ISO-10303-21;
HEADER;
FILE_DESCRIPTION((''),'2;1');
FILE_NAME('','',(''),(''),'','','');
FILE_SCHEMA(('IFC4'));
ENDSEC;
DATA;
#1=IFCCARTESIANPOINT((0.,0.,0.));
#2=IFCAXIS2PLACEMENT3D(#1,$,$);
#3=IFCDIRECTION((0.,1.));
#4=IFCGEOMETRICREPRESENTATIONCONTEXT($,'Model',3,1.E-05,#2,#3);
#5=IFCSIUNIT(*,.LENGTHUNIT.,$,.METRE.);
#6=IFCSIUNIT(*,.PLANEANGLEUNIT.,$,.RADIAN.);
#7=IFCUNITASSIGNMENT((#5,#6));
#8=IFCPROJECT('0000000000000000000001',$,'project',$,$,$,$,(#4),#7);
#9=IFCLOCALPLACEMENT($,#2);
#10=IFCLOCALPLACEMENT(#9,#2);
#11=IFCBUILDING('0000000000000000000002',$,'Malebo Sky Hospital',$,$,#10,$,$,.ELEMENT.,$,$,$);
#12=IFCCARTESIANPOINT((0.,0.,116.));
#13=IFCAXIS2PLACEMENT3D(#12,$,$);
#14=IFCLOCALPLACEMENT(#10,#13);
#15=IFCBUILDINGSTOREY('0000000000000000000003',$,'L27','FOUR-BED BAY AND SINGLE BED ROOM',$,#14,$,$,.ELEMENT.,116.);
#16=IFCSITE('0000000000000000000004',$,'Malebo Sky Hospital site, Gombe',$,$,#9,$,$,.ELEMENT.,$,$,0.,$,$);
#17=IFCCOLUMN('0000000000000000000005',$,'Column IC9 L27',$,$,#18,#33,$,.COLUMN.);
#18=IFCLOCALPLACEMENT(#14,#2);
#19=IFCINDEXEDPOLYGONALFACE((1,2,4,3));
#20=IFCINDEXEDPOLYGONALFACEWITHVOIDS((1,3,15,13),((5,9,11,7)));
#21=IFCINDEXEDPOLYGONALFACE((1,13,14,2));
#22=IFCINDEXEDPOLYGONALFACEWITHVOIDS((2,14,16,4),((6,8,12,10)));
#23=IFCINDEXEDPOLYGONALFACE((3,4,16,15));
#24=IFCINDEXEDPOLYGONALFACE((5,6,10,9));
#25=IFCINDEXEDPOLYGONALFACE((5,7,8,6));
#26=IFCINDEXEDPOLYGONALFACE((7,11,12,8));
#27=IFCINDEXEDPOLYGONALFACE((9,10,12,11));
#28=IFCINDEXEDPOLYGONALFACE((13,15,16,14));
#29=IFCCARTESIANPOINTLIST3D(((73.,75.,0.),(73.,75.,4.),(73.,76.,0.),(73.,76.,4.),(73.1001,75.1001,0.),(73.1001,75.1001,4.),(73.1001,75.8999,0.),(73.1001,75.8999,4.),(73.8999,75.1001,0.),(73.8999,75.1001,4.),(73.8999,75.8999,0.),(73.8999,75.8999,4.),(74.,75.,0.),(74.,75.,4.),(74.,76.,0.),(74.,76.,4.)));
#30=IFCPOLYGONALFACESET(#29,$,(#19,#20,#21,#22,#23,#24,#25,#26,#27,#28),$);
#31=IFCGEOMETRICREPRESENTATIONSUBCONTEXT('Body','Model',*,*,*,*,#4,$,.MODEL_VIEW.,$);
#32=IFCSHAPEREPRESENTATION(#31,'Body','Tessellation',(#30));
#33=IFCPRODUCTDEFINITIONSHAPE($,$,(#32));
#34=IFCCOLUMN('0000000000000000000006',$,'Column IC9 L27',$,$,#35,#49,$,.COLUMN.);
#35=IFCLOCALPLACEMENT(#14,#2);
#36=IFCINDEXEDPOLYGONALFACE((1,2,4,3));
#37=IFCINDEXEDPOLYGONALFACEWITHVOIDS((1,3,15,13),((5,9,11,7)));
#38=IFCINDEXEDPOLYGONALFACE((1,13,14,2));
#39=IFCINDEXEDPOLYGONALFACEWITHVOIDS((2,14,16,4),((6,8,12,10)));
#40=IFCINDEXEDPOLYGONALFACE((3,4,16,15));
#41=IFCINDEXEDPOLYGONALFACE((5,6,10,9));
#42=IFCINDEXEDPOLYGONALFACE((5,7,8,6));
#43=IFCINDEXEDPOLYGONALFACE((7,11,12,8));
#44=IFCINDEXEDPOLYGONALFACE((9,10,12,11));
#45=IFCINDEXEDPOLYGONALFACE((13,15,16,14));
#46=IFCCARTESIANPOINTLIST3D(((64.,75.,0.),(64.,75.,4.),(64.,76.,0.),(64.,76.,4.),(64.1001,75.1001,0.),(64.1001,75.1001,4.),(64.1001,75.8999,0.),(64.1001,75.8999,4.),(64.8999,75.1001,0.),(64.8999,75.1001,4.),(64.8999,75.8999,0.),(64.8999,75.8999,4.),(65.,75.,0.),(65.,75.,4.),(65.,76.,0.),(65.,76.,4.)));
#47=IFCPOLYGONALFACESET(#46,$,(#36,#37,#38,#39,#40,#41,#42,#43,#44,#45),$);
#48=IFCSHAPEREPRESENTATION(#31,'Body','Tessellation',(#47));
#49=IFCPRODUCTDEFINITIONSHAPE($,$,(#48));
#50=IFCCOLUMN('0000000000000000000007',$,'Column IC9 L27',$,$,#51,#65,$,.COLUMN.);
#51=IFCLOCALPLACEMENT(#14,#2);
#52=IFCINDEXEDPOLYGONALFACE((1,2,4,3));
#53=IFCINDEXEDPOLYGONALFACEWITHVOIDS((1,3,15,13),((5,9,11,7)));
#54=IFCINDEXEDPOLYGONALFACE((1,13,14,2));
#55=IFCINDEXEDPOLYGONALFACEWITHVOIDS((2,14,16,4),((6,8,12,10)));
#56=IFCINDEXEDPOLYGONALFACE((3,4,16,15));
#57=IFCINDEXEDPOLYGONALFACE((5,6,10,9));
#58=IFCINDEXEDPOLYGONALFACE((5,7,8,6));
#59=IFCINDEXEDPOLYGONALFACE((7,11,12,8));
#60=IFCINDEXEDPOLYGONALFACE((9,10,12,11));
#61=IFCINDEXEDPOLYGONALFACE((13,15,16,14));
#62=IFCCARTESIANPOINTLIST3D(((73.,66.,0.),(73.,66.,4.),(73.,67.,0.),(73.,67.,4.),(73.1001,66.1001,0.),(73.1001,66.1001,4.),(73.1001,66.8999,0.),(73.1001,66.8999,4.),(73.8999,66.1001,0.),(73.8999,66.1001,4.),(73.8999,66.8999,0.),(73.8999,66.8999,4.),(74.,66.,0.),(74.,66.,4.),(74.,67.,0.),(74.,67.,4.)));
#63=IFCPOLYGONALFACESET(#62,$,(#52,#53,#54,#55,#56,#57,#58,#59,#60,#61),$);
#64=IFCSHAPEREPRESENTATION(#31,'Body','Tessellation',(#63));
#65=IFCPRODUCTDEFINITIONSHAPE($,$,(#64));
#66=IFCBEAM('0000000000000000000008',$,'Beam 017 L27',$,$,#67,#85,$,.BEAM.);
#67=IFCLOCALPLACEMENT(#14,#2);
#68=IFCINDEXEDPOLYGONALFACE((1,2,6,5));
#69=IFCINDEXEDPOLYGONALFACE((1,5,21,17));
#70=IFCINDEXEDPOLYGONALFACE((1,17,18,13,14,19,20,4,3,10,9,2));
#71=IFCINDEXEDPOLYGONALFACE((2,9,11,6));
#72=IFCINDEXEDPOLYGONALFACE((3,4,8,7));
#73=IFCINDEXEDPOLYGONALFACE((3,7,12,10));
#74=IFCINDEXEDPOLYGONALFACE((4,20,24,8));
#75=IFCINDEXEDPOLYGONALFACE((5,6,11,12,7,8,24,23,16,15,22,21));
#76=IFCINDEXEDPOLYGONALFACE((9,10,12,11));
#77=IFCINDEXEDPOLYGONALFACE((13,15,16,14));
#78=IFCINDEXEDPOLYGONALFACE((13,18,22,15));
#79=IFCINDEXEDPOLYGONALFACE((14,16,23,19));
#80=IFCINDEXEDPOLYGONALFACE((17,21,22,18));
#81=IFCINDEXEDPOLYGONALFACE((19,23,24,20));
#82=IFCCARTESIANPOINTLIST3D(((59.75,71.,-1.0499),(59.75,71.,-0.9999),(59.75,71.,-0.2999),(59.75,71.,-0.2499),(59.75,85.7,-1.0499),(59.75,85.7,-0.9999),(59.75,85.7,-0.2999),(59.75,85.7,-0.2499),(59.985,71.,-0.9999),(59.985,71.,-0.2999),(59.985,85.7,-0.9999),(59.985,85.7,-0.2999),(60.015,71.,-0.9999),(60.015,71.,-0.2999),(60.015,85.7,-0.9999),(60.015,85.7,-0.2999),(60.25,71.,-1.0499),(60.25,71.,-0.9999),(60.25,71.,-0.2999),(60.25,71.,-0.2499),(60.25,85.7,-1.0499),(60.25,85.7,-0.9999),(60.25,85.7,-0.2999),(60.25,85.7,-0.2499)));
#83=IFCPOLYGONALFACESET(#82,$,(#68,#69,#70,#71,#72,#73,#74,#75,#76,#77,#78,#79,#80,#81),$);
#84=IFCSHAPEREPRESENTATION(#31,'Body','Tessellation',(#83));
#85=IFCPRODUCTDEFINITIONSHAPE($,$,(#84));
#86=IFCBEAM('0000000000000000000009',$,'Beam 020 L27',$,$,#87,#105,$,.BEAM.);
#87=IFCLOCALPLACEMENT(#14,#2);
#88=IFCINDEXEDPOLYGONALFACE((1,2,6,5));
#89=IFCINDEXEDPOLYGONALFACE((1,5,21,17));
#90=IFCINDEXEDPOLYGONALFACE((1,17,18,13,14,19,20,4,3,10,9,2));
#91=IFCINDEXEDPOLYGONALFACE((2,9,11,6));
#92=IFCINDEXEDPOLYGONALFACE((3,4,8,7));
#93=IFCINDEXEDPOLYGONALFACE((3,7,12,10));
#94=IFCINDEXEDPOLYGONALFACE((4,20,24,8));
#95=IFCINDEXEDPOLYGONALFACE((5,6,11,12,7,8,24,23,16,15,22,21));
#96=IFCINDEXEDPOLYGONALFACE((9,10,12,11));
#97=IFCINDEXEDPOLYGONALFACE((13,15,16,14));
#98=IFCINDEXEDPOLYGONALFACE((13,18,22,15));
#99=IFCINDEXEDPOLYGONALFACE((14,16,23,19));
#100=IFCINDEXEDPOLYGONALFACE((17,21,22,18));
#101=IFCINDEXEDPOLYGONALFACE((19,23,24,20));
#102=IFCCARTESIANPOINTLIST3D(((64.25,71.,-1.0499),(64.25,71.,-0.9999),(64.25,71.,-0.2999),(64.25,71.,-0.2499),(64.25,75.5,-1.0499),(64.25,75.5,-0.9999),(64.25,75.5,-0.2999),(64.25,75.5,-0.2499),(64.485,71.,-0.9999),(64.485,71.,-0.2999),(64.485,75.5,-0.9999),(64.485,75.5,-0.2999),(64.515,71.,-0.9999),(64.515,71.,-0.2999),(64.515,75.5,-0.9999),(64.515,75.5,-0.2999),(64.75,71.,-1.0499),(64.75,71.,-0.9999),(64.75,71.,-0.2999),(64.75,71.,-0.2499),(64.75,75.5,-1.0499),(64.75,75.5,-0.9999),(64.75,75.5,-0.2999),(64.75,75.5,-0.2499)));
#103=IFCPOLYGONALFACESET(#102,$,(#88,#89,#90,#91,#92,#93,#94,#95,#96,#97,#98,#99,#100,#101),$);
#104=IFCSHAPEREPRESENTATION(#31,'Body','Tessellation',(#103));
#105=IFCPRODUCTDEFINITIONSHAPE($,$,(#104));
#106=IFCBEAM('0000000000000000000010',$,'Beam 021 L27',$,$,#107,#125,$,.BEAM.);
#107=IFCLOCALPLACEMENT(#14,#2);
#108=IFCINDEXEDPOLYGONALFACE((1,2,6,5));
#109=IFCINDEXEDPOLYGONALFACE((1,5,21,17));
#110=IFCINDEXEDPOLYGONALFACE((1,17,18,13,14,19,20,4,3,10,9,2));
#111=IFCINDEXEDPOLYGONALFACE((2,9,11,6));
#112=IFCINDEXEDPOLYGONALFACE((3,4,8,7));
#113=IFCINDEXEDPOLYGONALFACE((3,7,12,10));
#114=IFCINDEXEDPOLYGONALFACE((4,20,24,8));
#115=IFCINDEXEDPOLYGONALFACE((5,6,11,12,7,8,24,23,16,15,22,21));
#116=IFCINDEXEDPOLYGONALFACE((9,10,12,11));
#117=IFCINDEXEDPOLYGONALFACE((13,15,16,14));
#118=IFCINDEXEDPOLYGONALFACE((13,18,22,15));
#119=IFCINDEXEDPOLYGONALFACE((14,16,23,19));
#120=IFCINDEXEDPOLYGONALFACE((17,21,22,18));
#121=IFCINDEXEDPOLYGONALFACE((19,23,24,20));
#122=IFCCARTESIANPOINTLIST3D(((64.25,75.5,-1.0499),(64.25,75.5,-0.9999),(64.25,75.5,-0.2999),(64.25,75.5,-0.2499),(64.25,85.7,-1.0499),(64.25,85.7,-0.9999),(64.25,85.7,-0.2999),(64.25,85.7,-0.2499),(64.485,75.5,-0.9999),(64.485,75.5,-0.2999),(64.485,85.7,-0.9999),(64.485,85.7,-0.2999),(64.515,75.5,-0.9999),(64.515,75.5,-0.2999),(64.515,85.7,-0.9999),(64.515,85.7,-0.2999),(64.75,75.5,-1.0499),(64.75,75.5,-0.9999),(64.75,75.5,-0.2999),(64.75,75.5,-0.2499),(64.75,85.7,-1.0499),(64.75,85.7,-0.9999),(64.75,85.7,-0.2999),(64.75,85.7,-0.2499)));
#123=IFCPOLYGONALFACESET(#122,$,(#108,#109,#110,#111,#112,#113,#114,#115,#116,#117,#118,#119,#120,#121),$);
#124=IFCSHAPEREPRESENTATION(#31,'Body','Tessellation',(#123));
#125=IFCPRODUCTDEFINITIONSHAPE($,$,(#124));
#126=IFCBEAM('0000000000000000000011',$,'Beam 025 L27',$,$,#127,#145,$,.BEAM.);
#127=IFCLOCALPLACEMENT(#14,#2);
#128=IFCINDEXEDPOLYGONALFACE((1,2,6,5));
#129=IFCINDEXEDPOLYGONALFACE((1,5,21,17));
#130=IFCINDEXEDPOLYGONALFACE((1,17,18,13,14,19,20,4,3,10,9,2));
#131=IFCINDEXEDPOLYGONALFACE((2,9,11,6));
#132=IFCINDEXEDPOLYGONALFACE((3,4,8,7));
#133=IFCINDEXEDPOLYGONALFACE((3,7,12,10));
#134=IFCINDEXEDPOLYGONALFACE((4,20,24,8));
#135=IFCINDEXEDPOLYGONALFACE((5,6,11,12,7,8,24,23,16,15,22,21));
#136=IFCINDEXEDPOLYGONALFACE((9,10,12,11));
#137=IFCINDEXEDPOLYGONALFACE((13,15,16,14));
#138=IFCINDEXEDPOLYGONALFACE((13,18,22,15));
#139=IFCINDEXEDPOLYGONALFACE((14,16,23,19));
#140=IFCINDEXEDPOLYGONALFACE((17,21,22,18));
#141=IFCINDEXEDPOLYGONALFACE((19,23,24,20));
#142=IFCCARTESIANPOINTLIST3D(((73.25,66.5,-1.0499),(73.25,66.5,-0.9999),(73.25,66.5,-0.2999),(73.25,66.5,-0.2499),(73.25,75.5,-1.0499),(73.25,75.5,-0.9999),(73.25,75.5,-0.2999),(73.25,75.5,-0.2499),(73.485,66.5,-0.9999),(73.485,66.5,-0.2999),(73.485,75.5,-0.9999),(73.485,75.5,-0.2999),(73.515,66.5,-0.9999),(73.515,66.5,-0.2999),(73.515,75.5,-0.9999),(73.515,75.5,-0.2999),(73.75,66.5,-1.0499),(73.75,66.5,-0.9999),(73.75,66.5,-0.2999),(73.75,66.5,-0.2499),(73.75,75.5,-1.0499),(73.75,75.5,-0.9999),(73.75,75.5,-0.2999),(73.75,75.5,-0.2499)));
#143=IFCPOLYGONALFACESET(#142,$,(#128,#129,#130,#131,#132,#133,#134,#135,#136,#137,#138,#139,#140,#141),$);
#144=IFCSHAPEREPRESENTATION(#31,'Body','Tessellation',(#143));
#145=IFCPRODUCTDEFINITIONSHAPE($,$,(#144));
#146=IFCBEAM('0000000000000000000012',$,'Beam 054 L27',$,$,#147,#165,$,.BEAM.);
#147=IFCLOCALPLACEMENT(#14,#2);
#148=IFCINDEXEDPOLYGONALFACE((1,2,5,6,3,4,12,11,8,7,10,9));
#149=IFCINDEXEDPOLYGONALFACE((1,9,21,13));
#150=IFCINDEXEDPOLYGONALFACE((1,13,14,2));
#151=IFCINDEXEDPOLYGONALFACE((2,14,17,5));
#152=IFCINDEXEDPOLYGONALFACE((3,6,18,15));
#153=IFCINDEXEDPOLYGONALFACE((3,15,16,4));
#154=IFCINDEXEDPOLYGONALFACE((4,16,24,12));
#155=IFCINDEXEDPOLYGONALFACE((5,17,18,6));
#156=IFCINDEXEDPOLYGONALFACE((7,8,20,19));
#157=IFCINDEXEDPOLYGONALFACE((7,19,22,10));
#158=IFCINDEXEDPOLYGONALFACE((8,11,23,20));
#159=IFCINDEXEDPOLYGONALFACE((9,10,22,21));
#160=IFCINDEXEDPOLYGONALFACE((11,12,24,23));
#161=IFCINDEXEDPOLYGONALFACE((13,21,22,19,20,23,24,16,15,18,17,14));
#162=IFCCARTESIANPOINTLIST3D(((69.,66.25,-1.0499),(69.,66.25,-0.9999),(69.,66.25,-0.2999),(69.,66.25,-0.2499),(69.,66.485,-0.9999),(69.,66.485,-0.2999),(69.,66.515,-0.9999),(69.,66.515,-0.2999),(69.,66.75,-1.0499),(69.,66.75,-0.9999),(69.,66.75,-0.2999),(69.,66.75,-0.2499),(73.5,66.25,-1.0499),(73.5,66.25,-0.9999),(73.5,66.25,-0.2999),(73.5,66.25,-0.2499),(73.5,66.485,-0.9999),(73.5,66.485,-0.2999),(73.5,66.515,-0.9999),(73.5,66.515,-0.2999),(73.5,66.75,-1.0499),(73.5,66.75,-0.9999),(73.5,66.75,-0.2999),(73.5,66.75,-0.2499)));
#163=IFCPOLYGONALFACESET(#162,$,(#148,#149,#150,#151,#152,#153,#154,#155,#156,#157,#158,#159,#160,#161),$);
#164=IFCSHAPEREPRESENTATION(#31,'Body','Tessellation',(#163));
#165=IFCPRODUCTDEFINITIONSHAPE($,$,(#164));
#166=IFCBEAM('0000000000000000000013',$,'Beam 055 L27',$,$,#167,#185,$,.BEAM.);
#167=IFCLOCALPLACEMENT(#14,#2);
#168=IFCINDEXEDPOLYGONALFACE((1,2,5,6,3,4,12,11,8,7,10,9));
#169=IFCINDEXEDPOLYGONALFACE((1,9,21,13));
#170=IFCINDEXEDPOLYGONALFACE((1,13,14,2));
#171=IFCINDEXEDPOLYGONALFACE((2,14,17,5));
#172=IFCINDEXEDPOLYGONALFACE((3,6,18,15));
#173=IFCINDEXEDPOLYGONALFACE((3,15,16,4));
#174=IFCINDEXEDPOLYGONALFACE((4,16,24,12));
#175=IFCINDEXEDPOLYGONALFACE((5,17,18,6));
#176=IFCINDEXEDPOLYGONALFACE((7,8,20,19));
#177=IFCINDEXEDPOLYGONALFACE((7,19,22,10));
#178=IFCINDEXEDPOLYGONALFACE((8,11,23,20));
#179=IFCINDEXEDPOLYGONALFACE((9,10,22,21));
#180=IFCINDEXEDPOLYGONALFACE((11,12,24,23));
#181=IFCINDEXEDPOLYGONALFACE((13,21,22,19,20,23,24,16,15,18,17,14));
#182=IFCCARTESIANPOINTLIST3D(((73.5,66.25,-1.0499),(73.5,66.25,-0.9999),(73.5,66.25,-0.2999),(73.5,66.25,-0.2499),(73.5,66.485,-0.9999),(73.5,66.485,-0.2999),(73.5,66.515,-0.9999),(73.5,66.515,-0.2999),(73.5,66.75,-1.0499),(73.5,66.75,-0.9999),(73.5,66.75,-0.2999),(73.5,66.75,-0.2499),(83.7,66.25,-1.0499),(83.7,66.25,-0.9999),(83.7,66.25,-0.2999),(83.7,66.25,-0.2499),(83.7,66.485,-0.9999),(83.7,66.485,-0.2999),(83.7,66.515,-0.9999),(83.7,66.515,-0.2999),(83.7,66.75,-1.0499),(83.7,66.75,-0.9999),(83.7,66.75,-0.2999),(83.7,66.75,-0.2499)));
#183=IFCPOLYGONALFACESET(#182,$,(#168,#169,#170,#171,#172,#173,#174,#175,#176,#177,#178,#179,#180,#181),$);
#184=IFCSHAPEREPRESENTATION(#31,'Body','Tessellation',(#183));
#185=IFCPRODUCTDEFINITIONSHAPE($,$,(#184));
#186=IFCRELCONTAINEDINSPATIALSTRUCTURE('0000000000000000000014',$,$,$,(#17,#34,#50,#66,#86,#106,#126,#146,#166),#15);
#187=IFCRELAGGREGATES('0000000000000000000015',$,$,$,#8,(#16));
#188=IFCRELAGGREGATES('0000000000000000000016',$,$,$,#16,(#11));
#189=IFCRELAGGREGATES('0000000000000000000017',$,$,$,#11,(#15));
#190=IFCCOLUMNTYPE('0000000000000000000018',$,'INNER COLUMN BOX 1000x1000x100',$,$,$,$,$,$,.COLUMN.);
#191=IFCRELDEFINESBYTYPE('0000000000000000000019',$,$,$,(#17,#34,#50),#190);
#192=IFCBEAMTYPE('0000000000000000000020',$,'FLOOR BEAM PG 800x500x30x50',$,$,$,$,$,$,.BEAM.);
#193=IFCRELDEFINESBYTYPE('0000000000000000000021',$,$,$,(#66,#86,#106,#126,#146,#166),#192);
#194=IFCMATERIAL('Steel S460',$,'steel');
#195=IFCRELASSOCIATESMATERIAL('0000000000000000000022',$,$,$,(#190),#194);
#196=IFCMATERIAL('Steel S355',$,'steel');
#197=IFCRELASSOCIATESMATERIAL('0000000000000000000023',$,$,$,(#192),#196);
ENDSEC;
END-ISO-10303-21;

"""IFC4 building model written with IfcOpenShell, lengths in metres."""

from ifc_helpers import new_model, si_unit, direction, frame, origin, origin_2d, place, context, subcontext, project, spatial, hollow_rectangle, i_section, extrude, material, material_profile, profile_set, type_object, element, save


model = new_model("IFC4")

# Units and contexts
model_context = context("Model", 3, precision=1e-05, world=origin(), true_north=direction((0.0, 1.0)))
body_context = subcontext(model_context, "Body", "Model", "MODEL_VIEW")
ifc_project = project(units=[si_unit("LENGTHUNIT", "METRE"), si_unit("PLANEANGLEUNIT", "RADIAN")], contexts=[model_context])

# Site, building, storey
site_placement = place(None, origin())
site = spatial("IfcSite", under=ifc_project, at=site_placement, Name="Malebo Sky Hospital site, Gombe", CompositionType="ELEMENT", RefElevation=0.0)
building_placement = place(site_placement, origin())
building = spatial("IfcBuilding", under=site, at=building_placement, Name="Malebo Sky Hospital", CompositionType="ELEMENT")
storey_placement = place(building_placement, frame((0.0, 0.0, 116.0)))
storey = spatial("IfcBuildingStorey", under=building, at=storey_placement, Name="L27", Description="FOUR-BED BAY AND SINGLE BED ROOM", CompositionType="ELEMENT", Elevation=116.0)

# Columns
ifc_material_1 = material(Name="Steel S460", Category="steel")
ifc_material_profile_1 = material_profile(ifc_material_1, hollow_rectangle(XDim=1.0, YDim=1.0, WallThickness=0.1001, at=origin_2d()), Name="BOX 1000x1000x100")
ifc_profile_set_1 = profile_set([ifc_material_profile_1], Name="Steel S460")
column_type = type_object("IfcColumnType", Name="INNER COLUMN BOX 1000x1000x100", PredefinedType="COLUMN", material=ifc_profile_set_1)
for number, where, z_axis, x_axis, name in (
    (1, (73.5, 75.5, 0.0), (0.0, 0.0, 1.0), (1.0, 0.0, 0.0), "Column IC9 L27"),
    (2, (64.5, 75.5, 0.0), (0.0, 0.0, 1.0), (1.0, 0.0, 0.0), "Column IC9 L27"),
    (3, (73.5, 66.5, 0.0), (0.0, 0.0, 1.0), (1.0, 0.0, 0.0), "Column IC9 L27"),
):
    element("IfcColumn", number, at=place(storey_placement, frame(where, z_axis=z_axis, x_axis=x_axis)), inside=storey, type_object=column_type, Name=name, PredefinedType="COLUMN", context=body_context, shape_type="SweptSolid", body=[
        extrude(hollow_rectangle(XDim=1.0, YDim=1.0, WallThickness=0.1001, at=origin_2d()), origin(), (0.0, 0.0, 1.0), 4.0),
    ])

# Beams
ifc_material_2 = material(Name="Steel S355", Category="steel")
ifc_material_profile_2 = material_profile(ifc_material_2, i_section(OverallWidth=0.5, OverallDepth=0.8, WebThickness=0.03, FlangeThickness=0.05, at=origin_2d()), Name="PG 800x500x30x50")
ifc_profile_set_2 = profile_set([ifc_material_profile_2], Name="Steel S355")
beam_type_1 = type_object("IfcBeamType", Name="FLOOR BEAM PG 800x500x30x50", PredefinedType="BEAM", material=ifc_profile_set_2)
beam_1_placement = place(storey_placement, frame((60.0, 71.0, -0.6499), z_axis=(0.0, 1.0, 0.0), x_axis=(-1.0, 0.0, 0.0)))
element("IfcBeam", 4, at=beam_1_placement, inside=storey, type_object=beam_type_1, Name="Beam 017 L27", PredefinedType="BEAM", context=body_context, shape_type="SweptSolid", body=[
    extrude(i_section(OverallWidth=0.5, OverallDepth=0.8, WebThickness=0.03, FlangeThickness=0.05, at=origin_2d()), origin(), (0.0, 0.0, 1.0), 14.7),
])
beam_2_placement = place(storey_placement, frame((64.5, 71.0, -0.6499), z_axis=(0.0, 1.0, 0.0), x_axis=(-1.0, 0.0, 0.0)))
element("IfcBeam", 5, at=beam_2_placement, inside=storey, type_object=beam_type_1, Name="Beam 020 L27", PredefinedType="BEAM", context=body_context, shape_type="SweptSolid", body=[
    extrude(i_section(OverallWidth=0.5, OverallDepth=0.8, WebThickness=0.03, FlangeThickness=0.05, at=origin_2d()), origin(), (0.0, 0.0, 1.0), 4.5),
])
beam_3_placement = place(storey_placement, frame((64.5, 75.5, -0.6499), z_axis=(0.0, 1.0, 0.0), x_axis=(-1.0, 0.0, 0.0)))
element("IfcBeam", 6, at=beam_3_placement, inside=storey, type_object=beam_type_1, Name="Beam 021 L27", PredefinedType="BEAM", context=body_context, shape_type="SweptSolid", body=[
    extrude(i_section(OverallWidth=0.5, OverallDepth=0.8, WebThickness=0.03, FlangeThickness=0.05, at=origin_2d()), origin(), (0.0, 0.0, 1.0), 10.2),
])
beam_4_placement = place(storey_placement, frame((73.5, 66.5, -0.6499), z_axis=(0.0, 1.0, 0.0), x_axis=(-1.0, 0.0, 0.0)))
element("IfcBeam", 7, at=beam_4_placement, inside=storey, type_object=beam_type_1, Name="Beam 025 L27", PredefinedType="BEAM", context=body_context, shape_type="SweptSolid", body=[
    extrude(i_section(OverallWidth=0.5, OverallDepth=0.8, WebThickness=0.03, FlangeThickness=0.05, at=origin_2d()), origin(), (0.0, 0.0, 1.0), 9.0),
])
beam_5_placement = place(storey_placement, frame((69.0, 66.5, -0.6499), z_axis=(1.0, 0.0, 0.0), x_axis=(0.0, 1.0, 0.0)))
element("IfcBeam", 8, at=beam_5_placement, inside=storey, type_object=beam_type_1, Name="Beam 054 L27", PredefinedType="BEAM", context=body_context, shape_type="SweptSolid", body=[
    extrude(i_section(OverallWidth=0.5, OverallDepth=0.8, WebThickness=0.03, FlangeThickness=0.05, at=origin_2d()), origin(), (0.0, 0.0, 1.0), 4.5),
])
beam_6_placement = place(storey_placement, frame((73.5, 66.5, -0.6499), z_axis=(1.0, 0.0, 0.0), x_axis=(0.0, 1.0, 0.0)))
element("IfcBeam", 9, at=beam_6_placement, inside=storey, type_object=beam_type_1, Name="Beam 055 L27", PredefinedType="BEAM", context=body_context, shape_type="SweptSolid", body=[
    extrude(i_section(OverallWidth=0.5, OverallDepth=0.8, WebThickness=0.03, FlangeThickness=0.05, at=origin_2d()), origin(), (0.0, 0.0, 1.0), 10.2),
])

save(model, "model.ifc")
